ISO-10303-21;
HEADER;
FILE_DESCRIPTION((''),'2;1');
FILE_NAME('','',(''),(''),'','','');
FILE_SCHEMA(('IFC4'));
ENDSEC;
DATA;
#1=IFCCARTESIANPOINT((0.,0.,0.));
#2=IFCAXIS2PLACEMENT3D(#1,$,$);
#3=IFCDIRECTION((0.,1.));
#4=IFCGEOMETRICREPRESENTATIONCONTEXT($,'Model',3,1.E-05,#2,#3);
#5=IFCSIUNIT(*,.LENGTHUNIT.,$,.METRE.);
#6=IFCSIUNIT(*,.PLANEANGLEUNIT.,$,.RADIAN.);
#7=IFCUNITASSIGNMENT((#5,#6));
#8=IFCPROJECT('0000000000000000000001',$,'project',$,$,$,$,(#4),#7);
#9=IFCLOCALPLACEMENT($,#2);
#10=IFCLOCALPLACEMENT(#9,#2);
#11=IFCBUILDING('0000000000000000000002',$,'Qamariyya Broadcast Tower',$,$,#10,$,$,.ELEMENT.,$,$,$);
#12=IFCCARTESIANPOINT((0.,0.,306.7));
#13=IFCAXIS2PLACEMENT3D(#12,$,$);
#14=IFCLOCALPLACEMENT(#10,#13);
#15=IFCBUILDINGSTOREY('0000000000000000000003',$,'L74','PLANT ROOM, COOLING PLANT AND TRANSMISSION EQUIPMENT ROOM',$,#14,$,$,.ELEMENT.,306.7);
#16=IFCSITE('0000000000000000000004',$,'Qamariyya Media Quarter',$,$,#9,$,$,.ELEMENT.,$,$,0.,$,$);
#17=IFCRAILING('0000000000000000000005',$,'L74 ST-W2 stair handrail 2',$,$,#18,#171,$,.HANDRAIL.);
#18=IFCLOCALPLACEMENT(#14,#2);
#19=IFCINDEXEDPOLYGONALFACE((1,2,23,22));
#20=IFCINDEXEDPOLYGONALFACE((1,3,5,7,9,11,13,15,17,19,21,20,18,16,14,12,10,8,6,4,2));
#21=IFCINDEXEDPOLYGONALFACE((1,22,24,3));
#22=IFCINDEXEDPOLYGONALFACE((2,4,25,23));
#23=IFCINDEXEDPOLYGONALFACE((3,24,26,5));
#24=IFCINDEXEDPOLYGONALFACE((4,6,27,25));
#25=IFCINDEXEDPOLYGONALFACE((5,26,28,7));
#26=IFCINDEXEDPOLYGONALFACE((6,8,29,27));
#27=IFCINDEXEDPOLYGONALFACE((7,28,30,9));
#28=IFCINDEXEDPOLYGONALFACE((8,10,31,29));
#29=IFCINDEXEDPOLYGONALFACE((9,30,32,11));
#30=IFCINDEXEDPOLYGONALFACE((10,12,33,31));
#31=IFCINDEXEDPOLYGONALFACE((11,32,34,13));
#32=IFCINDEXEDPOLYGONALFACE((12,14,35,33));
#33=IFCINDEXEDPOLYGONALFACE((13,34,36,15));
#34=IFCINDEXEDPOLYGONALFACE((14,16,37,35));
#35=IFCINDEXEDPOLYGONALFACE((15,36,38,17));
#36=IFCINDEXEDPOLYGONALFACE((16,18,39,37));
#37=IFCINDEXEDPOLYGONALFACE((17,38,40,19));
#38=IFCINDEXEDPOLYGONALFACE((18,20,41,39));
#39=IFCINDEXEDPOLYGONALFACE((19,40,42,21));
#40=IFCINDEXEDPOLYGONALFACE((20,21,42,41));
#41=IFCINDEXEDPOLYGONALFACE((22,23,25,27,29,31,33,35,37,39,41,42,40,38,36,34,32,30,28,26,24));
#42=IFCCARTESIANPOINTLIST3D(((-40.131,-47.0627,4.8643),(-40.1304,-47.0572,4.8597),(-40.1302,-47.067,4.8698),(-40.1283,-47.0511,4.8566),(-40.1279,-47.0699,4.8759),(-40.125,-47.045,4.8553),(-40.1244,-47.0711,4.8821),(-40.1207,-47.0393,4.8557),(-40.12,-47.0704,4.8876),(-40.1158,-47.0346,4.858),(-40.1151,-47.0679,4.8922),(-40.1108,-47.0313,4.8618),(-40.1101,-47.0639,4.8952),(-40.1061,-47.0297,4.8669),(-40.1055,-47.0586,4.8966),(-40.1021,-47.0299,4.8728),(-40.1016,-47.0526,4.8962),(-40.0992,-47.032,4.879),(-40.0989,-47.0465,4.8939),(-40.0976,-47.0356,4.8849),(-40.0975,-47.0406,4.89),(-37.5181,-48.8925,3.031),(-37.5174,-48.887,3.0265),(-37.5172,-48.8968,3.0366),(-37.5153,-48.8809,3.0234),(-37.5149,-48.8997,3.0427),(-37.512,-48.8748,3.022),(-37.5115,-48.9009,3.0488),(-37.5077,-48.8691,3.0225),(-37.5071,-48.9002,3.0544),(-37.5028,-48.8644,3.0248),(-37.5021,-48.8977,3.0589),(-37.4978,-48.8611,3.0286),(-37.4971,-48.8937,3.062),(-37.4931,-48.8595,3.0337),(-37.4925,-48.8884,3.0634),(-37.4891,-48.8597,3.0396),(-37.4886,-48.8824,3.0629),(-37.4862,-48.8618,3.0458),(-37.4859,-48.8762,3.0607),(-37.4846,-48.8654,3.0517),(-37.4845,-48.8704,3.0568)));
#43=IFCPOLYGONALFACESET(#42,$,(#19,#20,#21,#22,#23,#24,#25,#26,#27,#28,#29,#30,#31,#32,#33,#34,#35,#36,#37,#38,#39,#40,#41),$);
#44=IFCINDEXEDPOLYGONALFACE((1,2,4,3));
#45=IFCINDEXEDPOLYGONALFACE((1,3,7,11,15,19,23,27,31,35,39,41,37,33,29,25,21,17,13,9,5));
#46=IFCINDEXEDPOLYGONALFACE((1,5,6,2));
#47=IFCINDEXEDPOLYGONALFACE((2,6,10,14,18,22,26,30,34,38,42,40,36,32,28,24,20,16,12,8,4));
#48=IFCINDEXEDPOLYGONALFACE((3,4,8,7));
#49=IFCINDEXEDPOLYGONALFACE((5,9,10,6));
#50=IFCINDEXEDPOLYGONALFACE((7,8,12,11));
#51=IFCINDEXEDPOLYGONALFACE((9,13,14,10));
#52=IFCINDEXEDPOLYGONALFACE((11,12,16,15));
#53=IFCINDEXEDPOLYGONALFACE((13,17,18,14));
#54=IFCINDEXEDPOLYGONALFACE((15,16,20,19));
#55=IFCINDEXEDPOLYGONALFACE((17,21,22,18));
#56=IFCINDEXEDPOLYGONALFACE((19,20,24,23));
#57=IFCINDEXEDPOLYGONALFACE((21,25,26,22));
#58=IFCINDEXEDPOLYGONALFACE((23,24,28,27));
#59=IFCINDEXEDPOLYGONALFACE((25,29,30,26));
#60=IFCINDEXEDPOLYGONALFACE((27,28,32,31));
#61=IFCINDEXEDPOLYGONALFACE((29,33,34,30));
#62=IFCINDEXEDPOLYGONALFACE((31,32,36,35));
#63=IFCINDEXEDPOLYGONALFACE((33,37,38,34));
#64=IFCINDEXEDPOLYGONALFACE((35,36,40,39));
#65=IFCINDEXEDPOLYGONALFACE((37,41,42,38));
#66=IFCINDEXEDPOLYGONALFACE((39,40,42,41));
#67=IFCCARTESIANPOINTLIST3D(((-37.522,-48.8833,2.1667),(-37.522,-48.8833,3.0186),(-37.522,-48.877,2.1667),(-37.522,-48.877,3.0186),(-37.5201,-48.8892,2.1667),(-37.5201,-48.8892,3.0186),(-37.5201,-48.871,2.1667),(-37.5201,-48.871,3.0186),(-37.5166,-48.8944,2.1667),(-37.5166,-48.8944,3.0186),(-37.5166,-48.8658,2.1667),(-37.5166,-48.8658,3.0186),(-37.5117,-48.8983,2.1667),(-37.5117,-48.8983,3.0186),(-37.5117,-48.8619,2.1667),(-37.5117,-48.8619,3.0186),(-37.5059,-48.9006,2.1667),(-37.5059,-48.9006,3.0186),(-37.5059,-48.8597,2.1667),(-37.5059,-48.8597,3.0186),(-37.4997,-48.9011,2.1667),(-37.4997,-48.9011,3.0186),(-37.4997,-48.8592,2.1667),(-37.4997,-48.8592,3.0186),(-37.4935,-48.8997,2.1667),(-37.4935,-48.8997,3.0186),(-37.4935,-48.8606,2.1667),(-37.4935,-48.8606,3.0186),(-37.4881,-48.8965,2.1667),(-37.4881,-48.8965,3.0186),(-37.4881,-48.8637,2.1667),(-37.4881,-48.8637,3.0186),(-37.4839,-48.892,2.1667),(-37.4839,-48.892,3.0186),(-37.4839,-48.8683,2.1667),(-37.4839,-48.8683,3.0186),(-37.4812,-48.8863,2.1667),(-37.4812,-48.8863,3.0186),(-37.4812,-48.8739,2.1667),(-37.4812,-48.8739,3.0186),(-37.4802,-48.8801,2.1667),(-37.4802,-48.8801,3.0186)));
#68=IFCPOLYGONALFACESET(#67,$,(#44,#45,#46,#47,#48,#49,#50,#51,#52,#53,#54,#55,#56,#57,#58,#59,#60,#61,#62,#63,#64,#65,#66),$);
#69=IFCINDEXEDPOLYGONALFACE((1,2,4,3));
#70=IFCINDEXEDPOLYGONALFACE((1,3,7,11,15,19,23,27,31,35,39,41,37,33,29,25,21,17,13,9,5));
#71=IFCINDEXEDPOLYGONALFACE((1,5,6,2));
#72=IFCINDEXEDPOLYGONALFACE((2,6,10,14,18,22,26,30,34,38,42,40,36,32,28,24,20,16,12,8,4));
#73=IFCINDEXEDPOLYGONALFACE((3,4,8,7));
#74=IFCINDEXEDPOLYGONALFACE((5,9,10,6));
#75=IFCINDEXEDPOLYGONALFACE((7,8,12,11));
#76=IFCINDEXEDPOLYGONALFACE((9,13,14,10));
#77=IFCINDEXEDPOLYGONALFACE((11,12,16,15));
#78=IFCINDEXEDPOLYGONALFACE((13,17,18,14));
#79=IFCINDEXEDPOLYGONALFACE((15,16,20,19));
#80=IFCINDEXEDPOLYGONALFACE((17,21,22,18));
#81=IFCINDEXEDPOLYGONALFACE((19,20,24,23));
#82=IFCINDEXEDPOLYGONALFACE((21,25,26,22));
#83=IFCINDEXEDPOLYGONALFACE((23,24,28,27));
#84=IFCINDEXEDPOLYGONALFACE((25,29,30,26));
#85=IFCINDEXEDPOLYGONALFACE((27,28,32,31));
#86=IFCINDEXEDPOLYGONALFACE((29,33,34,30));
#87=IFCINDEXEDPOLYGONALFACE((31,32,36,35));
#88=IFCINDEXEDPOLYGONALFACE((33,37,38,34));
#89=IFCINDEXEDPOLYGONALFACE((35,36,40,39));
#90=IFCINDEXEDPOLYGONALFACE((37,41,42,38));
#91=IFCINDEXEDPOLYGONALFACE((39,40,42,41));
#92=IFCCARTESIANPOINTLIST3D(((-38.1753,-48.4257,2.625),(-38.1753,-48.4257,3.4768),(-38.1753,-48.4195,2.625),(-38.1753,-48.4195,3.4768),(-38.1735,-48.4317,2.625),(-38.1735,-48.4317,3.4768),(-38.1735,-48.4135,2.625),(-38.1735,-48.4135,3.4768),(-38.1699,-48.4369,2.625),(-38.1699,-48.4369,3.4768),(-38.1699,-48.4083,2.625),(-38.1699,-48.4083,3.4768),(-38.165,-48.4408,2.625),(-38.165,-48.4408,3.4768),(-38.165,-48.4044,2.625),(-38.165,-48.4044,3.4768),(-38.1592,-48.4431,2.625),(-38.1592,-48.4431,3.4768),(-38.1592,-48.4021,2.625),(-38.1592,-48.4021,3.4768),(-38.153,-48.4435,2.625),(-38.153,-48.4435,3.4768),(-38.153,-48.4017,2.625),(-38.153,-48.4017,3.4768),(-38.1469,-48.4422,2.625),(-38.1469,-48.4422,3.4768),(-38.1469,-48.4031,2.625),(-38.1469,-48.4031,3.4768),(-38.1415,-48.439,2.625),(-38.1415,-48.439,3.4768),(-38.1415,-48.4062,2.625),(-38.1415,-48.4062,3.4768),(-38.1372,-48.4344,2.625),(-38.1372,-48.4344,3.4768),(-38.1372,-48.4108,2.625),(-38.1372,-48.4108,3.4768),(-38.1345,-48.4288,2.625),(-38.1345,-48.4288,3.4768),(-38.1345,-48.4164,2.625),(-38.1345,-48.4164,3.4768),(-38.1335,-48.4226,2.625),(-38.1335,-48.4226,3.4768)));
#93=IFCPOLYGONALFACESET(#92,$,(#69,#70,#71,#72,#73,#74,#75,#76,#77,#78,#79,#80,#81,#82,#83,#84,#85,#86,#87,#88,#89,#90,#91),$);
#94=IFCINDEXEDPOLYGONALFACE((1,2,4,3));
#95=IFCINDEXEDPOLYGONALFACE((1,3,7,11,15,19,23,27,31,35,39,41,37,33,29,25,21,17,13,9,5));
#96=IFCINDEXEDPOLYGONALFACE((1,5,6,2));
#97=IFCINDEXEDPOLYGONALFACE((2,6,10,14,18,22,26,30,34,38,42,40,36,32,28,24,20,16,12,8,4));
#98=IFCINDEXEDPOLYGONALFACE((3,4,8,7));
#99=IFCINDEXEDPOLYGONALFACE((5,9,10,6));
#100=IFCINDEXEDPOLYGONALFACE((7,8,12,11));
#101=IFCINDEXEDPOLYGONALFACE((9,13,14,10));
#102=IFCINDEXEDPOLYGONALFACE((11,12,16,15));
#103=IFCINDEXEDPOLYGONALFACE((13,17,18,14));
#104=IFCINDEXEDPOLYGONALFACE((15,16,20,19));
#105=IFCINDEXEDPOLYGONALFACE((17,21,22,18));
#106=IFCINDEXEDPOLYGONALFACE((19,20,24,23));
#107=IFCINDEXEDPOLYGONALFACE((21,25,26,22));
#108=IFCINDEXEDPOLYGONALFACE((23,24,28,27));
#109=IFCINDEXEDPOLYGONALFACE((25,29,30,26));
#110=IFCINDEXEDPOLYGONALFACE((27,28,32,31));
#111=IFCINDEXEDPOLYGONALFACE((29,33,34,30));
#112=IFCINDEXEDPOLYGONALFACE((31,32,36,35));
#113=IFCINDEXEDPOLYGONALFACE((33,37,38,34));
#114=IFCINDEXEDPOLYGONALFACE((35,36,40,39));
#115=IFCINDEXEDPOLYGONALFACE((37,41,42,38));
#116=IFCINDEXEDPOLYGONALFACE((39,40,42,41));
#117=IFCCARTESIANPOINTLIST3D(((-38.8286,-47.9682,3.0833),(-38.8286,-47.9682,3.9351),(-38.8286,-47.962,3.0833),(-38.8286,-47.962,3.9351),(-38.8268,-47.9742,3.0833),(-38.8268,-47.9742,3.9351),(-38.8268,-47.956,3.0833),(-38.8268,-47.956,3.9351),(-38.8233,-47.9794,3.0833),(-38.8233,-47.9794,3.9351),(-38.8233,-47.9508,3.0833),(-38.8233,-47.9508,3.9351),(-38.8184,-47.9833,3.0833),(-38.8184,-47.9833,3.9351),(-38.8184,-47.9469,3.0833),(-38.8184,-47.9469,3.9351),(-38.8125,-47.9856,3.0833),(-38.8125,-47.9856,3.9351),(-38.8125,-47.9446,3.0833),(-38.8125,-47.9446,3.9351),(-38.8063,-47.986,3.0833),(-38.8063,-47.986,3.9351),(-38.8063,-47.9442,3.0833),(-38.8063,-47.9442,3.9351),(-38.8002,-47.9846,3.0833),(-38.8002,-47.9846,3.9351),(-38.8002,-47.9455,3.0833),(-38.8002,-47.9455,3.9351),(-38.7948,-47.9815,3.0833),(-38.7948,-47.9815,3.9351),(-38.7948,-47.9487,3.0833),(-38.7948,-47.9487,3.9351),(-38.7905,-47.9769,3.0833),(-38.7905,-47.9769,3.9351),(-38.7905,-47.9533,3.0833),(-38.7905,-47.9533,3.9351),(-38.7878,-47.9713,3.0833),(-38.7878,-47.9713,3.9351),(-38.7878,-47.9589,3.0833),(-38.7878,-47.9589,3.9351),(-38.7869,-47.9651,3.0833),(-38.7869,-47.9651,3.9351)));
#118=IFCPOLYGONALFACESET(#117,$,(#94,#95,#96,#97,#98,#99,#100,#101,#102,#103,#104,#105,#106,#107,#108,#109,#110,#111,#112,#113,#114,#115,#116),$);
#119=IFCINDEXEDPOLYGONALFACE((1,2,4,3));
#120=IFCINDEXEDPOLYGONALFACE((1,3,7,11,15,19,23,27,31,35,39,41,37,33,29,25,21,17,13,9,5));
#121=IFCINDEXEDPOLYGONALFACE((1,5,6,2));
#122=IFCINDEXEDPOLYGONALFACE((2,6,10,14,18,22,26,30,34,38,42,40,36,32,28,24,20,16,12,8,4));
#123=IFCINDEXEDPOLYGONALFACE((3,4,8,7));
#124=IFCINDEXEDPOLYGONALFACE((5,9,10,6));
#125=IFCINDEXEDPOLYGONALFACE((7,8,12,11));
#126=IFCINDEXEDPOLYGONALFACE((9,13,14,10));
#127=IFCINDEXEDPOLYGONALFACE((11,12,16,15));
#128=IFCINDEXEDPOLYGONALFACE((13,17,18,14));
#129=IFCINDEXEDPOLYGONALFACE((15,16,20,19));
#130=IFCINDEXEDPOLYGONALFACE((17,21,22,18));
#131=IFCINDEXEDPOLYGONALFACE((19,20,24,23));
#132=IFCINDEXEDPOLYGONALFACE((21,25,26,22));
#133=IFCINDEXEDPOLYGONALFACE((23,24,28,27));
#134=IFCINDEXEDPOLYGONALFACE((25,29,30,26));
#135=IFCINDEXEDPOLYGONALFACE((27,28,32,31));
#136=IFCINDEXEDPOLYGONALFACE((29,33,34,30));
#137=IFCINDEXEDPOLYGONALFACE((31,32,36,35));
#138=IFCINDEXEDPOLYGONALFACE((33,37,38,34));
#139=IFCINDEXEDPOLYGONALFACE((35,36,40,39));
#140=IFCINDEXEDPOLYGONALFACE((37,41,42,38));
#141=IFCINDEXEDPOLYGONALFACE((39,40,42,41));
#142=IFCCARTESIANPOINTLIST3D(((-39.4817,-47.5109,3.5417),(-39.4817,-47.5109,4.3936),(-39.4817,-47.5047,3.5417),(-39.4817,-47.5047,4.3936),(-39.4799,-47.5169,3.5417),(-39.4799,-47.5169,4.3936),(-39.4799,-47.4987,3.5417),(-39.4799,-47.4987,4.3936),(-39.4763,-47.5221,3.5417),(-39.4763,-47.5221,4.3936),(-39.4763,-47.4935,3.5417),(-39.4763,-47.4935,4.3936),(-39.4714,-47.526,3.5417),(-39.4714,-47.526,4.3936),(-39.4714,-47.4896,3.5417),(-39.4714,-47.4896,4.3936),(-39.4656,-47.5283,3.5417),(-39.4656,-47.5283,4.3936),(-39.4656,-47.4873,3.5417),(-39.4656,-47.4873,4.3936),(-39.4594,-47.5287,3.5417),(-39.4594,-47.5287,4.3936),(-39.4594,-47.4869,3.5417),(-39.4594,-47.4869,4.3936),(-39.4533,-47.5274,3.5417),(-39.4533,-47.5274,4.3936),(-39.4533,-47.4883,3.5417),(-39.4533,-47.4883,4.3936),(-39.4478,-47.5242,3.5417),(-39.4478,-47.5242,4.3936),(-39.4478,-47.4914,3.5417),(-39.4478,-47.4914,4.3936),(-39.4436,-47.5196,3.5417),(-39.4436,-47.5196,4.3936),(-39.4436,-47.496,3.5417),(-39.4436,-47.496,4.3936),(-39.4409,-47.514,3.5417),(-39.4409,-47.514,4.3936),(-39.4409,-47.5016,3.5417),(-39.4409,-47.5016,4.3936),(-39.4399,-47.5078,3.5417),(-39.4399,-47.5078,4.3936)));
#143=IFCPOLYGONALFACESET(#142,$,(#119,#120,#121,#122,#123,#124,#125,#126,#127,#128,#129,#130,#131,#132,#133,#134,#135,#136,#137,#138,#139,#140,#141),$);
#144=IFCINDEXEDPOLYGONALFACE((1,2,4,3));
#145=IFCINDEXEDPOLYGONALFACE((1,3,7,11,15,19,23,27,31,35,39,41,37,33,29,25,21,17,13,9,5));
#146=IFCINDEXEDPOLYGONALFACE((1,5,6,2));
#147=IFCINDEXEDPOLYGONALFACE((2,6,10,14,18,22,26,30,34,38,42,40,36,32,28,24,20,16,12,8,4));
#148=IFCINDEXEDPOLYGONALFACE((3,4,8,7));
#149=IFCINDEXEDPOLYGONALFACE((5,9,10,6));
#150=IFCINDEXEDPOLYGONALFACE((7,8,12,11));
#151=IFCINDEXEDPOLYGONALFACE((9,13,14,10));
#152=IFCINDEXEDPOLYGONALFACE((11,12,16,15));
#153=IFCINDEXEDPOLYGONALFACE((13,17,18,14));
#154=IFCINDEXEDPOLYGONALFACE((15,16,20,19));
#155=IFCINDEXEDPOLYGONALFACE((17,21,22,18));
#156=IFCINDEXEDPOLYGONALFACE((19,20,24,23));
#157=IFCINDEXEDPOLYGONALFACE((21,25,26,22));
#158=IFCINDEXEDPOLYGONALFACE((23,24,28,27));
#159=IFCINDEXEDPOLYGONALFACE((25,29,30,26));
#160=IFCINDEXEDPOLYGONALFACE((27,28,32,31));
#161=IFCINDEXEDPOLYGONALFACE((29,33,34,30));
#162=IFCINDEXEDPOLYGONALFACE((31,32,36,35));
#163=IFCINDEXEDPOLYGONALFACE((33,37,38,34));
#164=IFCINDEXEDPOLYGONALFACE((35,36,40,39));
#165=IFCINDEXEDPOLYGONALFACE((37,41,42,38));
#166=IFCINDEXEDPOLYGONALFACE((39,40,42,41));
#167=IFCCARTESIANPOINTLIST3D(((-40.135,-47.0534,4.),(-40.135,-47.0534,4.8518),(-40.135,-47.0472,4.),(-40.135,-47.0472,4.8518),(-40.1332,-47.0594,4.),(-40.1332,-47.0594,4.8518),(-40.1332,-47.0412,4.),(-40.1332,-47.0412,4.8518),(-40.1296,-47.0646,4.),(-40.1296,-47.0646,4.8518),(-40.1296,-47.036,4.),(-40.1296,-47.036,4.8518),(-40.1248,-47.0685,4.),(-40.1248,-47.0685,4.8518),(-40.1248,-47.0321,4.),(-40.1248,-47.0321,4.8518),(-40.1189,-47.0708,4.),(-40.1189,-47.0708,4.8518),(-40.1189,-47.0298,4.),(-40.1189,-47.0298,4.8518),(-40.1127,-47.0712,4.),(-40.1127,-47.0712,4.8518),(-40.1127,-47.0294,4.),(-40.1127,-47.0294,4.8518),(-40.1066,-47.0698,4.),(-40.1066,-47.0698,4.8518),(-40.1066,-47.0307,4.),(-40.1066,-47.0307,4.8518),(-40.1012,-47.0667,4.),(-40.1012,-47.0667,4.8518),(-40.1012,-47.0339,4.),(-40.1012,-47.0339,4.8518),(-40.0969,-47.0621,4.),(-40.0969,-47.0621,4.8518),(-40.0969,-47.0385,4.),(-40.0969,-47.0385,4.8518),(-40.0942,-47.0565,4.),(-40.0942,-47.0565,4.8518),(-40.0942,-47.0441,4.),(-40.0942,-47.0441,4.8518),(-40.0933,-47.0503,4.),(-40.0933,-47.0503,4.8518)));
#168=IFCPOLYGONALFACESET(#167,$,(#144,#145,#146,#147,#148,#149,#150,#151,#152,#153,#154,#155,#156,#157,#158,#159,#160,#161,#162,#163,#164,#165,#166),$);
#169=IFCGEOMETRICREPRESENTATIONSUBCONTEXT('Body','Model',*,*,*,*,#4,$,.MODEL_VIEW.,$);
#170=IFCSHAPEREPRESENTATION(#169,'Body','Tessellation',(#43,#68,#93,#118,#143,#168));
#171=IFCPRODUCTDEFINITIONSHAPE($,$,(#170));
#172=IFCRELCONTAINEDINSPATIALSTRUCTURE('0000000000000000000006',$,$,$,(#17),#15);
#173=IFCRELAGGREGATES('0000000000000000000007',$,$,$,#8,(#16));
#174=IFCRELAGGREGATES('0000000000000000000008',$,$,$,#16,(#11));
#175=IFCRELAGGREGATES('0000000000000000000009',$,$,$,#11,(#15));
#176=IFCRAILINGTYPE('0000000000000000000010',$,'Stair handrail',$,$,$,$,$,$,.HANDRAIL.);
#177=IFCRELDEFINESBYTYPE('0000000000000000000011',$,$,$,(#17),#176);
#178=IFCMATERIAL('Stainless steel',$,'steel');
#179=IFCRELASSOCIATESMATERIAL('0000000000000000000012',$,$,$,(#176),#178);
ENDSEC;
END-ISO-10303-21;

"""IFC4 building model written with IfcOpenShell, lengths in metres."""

from ifc_helpers import new_model, si_unit, direction, frame, origin, origin_2d, place, context, subcontext, project, spatial, circle, extrude, material, type_object, element, save


model = new_model("IFC4")

# Units and contexts
model_context = context("Model", 3, precision=1e-05, world=origin(), true_north=direction((0.0, 1.0)))
body_context = subcontext(model_context, "Body", "Model", "MODEL_VIEW")
ifc_project = project(units=[si_unit("LENGTHUNIT", "METRE"), si_unit("PLANEANGLEUNIT", "RADIAN")], contexts=[model_context])

# Site, building, storey
site_placement = place(None, origin())
site = spatial("IfcSite", under=ifc_project, at=site_placement, Name="Qamariyya Media Quarter", CompositionType="ELEMENT", RefElevation=0.0)
building_placement = place(site_placement, origin())
building = spatial("IfcBuilding", under=site, at=building_placement, Name="Qamariyya Broadcast Tower", CompositionType="ELEMENT")
storey_placement = place(building_placement, frame((0.0, 0.0, 306.7)))
storey = spatial("IfcBuildingStorey", under=building, at=storey_placement, Name="L74", Description="PLANT ROOM, COOLING PLANT AND TRANSMISSION EQUIPMENT ROOM", CompositionType="ELEMENT", Elevation=306.7)

# Railing
ifc_material_1 = material(Name="Stainless steel", Category="steel")
railing_type_1 = type_object("IfcRailingType", Name="Stair handrail", PredefinedType="HANDRAIL", material=ifc_material_1)
railing_1_placement = place(storey_placement, frame((-37.5012, -48.8801, 2.1667)))
element("IfcRailing", 1, at=railing_1_placement, inside=storey, type_object=railing_type_1, Name="L74 ST-W2 stair handrail 2", PredefinedType="HANDRAIL", context=body_context, shape_type="SweptSolid", body=[
    extrude(circle(Radius=0.0239, at=origin_2d()), frame((0.0, 0.0, 0.876), z_axis=(-0.710204, 0.497335, 0.498264), x_axis=(-0.573611, -0.819128, 0.0)), (0.0, 0.0, 1.0), 3.6792),
    extrude(circle(Radius=0.021, at=origin_2d()), origin(), (0.0, 0.0, 1.0), 0.8518),
    extrude(circle(Radius=0.021, at=origin_2d()), frame((-0.6533, 0.4575, 0.4583)), (0.0, 0.0, 1.0), 0.8518),
    extrude(circle(Radius=0.021, at=origin_2d()), frame((-1.3066, 0.915, 0.9165)), (0.0, 0.0, 1.0), 0.8518),
    extrude(circle(Radius=0.021, at=origin_2d()), frame((-1.9597, 1.3723, 1.375)), (0.0, 0.0, 1.0), 0.8518),
    extrude(circle(Radius=0.021, at=origin_2d()), frame((-2.613, 1.8298, 1.8333)), (0.0, 0.0, 1.0), 0.8518),
])

save(model, "model.ifc")
